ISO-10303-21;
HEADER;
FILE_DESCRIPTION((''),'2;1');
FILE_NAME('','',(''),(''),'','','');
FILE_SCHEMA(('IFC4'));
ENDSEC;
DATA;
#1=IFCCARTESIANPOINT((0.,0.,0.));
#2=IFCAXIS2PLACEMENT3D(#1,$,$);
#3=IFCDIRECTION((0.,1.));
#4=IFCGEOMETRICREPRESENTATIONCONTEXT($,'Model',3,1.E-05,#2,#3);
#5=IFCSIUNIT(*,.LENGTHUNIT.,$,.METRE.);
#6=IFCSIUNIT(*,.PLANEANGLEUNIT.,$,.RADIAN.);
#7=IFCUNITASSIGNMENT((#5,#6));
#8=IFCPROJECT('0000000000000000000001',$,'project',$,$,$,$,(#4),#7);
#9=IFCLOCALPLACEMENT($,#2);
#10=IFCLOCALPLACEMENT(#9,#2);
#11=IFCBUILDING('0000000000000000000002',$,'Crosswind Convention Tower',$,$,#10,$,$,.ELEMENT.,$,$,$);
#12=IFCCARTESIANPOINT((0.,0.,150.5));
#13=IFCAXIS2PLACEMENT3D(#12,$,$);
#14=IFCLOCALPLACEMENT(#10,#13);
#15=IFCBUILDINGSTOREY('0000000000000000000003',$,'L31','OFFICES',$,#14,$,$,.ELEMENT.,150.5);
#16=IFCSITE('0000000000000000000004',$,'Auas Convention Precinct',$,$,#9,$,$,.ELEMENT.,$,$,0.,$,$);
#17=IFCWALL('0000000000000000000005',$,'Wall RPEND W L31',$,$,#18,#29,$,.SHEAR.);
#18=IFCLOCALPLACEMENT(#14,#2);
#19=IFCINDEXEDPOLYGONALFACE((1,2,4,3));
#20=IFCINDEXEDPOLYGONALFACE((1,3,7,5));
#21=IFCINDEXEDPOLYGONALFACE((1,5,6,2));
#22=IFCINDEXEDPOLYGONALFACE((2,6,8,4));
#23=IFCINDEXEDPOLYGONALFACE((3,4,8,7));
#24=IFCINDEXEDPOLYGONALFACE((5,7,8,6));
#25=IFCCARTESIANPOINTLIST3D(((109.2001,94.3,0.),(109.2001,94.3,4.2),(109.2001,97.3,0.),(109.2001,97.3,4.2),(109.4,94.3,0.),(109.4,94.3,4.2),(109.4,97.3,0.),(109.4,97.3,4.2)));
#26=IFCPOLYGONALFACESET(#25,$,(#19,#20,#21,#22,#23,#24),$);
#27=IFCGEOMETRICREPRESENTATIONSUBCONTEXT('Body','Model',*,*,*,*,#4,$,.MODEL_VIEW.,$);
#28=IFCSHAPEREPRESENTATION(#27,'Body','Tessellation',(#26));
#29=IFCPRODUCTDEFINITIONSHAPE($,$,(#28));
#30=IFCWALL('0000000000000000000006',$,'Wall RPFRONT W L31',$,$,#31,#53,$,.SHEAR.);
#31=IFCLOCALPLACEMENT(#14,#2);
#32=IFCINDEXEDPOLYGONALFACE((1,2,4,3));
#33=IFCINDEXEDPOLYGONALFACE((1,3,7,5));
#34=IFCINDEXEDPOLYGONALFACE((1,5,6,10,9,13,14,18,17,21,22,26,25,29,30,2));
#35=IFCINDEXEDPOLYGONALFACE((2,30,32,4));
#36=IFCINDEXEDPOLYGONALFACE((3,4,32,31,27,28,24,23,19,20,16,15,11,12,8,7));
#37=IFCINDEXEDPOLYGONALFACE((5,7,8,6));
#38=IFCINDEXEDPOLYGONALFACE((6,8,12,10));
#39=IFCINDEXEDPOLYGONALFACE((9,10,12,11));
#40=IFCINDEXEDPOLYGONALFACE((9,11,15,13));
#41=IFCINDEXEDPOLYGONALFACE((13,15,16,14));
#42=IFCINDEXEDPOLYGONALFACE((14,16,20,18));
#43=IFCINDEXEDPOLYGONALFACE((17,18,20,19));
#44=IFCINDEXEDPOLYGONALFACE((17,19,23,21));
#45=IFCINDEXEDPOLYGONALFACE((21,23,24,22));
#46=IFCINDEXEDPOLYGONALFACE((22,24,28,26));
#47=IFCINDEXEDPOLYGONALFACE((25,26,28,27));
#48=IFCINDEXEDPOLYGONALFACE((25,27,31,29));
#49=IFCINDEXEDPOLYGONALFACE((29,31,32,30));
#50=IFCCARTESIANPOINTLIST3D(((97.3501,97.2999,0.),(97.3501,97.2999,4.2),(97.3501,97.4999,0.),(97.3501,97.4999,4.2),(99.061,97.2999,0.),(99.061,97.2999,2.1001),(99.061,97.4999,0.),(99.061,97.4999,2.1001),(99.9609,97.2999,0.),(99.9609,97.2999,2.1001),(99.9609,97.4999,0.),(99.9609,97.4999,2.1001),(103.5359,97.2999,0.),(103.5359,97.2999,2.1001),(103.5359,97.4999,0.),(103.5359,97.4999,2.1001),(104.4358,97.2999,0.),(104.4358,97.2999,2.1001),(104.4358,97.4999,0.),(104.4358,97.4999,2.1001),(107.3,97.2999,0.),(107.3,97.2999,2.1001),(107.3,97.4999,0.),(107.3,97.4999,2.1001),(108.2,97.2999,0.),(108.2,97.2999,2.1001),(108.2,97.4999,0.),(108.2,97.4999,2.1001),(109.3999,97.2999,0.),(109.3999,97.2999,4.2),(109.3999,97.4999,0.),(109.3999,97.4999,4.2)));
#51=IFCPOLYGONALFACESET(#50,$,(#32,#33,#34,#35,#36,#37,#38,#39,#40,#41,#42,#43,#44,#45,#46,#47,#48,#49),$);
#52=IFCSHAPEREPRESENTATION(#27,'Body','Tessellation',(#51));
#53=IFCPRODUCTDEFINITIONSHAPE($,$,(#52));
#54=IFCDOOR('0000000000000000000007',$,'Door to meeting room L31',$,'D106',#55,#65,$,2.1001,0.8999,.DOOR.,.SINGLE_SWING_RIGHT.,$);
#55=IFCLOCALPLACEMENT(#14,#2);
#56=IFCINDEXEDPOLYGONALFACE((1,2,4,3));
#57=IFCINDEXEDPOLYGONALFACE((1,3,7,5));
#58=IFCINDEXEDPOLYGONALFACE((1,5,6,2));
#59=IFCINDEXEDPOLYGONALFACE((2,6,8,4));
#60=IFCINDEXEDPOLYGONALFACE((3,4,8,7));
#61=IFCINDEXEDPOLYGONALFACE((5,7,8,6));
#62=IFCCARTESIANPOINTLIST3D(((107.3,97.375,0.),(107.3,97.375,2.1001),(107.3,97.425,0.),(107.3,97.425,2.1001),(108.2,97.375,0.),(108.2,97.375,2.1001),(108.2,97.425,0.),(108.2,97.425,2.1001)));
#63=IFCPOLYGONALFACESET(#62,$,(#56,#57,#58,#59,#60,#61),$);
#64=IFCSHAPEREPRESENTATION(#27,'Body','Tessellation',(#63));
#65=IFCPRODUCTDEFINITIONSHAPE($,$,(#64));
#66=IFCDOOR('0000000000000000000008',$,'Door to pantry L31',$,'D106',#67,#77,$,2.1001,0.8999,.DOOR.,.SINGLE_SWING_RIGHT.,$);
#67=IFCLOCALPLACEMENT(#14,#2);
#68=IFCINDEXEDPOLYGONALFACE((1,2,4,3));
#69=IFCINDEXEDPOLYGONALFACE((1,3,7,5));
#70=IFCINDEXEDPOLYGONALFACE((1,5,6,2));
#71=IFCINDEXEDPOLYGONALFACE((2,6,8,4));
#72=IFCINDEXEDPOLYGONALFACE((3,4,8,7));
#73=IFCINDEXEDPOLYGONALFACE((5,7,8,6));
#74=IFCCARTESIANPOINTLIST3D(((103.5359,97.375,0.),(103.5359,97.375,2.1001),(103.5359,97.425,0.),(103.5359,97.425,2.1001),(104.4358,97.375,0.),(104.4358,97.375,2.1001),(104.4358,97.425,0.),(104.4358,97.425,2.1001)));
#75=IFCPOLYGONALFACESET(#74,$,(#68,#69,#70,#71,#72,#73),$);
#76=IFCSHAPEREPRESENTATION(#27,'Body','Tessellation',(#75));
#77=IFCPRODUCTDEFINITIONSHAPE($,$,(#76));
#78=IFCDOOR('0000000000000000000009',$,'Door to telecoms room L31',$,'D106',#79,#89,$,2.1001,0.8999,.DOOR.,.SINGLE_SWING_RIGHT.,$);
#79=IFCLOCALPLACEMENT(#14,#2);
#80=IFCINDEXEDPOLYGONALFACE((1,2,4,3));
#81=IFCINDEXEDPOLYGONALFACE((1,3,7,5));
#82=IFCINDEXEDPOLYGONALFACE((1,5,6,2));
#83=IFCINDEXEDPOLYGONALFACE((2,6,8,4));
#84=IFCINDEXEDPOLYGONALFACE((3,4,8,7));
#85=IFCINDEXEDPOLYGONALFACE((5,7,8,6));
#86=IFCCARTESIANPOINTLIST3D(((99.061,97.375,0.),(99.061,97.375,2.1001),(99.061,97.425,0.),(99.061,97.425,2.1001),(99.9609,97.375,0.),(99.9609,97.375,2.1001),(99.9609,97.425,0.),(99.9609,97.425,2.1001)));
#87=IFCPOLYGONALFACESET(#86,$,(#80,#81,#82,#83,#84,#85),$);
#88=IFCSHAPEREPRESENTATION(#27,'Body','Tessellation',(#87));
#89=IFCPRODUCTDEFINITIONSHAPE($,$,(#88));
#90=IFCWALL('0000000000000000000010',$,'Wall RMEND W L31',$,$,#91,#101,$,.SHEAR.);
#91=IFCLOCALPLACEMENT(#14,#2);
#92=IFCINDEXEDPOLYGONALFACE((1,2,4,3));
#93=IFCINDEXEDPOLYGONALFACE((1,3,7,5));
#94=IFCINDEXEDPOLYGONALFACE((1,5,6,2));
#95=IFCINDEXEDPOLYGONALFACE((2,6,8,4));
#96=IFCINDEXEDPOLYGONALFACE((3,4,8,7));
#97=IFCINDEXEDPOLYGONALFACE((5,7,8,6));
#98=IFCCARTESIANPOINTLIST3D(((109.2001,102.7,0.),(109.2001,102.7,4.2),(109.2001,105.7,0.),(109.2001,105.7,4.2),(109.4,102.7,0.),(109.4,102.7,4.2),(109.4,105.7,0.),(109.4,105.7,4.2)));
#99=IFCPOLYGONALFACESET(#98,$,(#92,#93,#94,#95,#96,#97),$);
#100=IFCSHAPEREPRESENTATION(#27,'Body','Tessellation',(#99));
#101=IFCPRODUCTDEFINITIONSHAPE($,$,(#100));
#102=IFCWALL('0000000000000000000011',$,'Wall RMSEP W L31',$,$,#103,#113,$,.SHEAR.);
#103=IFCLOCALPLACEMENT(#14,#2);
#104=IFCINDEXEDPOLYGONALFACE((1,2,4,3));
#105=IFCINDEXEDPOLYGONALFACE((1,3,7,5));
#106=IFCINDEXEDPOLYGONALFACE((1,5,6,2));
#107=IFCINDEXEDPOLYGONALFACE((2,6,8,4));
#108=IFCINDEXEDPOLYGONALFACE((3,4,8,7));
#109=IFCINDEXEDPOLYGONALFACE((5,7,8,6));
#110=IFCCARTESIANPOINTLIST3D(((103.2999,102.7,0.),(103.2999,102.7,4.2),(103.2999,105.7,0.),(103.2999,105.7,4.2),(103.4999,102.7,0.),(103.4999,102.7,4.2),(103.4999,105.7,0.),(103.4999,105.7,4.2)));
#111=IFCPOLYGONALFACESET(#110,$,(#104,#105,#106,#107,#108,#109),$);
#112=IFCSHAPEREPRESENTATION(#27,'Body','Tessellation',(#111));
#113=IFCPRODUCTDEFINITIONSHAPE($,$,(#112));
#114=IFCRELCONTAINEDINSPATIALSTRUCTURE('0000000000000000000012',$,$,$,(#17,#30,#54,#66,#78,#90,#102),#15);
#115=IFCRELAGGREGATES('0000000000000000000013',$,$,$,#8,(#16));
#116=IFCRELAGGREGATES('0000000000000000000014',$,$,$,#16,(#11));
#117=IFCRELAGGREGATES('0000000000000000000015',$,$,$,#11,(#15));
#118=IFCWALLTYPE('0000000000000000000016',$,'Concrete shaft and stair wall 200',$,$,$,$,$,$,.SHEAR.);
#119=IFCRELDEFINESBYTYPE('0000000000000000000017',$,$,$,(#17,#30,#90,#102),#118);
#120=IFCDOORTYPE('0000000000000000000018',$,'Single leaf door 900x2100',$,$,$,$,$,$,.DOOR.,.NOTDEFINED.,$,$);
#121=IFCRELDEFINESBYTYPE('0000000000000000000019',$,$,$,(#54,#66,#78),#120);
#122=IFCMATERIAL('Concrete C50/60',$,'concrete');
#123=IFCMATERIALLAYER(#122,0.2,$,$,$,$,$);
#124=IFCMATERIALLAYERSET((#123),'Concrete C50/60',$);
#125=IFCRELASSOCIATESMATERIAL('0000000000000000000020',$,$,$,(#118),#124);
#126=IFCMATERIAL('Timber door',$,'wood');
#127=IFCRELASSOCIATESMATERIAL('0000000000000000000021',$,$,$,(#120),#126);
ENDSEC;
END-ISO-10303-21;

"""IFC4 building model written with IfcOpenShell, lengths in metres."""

from ifc_helpers import new_model, si_unit, direction, frame, frame_2d, origin, place, context, subcontext, project, spatial, rectangle, extrude, material, layer, layer_set, type_object, element, fill, save


model = new_model("IFC4")

# Units and contexts
model_context = context("Model", 3, precision=1e-05, world=origin(), true_north=direction((0.0, 1.0)))
body_context = subcontext(model_context, "Body", "Model", "MODEL_VIEW")
ifc_project = project(units=[si_unit("LENGTHUNIT", "METRE"), si_unit("PLANEANGLEUNIT", "RADIAN")], contexts=[model_context])

# Site, building, storey
site_placement = place(None, origin())
site = spatial("IfcSite", under=ifc_project, at=site_placement, Name="Auas Convention Precinct", CompositionType="ELEMENT", RefElevation=0.0)
building_placement = place(site_placement, origin())
building = spatial("IfcBuilding", under=site, at=building_placement, Name="Crosswind Convention Tower", CompositionType="ELEMENT")
storey_placement = place(building_placement, frame((0.0, 0.0, 150.5)))
storey = spatial("IfcBuildingStorey", under=building, at=storey_placement, Name="L31", Description="OFFICES", CompositionType="ELEMENT", Elevation=150.5)

# Wall
ifc_material_1 = material(Name="Concrete C50/60", Category="concrete")
ifc_layer_1 = layer(ifc_material_1, 0.2)
ifc_layer_set_1 = layer_set([ifc_layer_1], Name="Concrete C50/60")
wall_type_1 = type_object("IfcWallType", Name="Concrete shaft and stair wall 200", PredefinedType="SHEAR", material=ifc_layer_set_1)
wall_1_placement = place(storey_placement, frame((109.3, 97.3, 0.0), z_axis=(0.0, 0.0, 1.0), x_axis=(0.0, -1.0, 0.0)))
element("IfcWall", 1, at=wall_1_placement, inside=storey, type_object=wall_type_1, Name="Wall RPEND W L31", PredefinedType="SHEAR", context=body_context, shape_type="SweptSolid", body=[
    extrude(rectangle(XDim=3.0, YDim=0.2, at=frame_2d((1.5, 0.0))), origin(), (0.0, 0.0, 1.0), 4.2),
])

# Wall, openings, doors
wall_2_placement = place(storey_placement, frame((109.3999, 97.3999, 0.0), z_axis=(0.0, 0.0, 1.0), x_axis=(-1.0, 0.0, 0.0)))
wall_2 = element("IfcWall", 2, at=wall_2_placement, inside=storey, type_object=wall_type_1, Name="Wall RPFRONT W L31", PredefinedType="SHEAR", context=body_context, shape_type="SweptSolid", body=[
    extrude(rectangle(XDim=12.0498, YDim=0.2, at=frame_2d((6.0249, 0.0))), origin(), (0.0, 0.0, 1.0), 4.2),
])
opening_1_placement = place(wall_2_placement, frame((1.2, 0.0, 0.0)))
opening_1 = element("IfcOpeningElement", 3, at=opening_1_placement, cuts=wall_2, PredefinedType="OPENING", context=body_context, shape_type="SweptSolid", body=[
    extrude(rectangle(XDim=0.8999, YDim=2.1001, at=frame_2d((0.45, 1.05))), frame((0.0, 0.1099, 0.0), z_axis=(0.0, -1.0, 0.0), x_axis=(1.0, 0.0, 0.0)), (0.0, 0.0, 1.0), 0.22),
])
opening_2_placement = place(wall_2_placement, frame((4.9641, 0.0, 0.0)))
opening_2 = element("IfcOpeningElement", 4, at=opening_2_placement, cuts=wall_2, PredefinedType="OPENING", context=body_context, shape_type="SweptSolid", body=[
    extrude(rectangle(XDim=0.8999, YDim=2.1001, at=frame_2d((0.45, 1.05))), frame((0.0, 0.1099, 0.0), z_axis=(0.0, -1.0, 0.0), x_axis=(1.0, 0.0, 0.0)), (0.0, 0.0, 1.0), 0.22),
])
opening_3_placement = place(wall_2_placement, frame((9.439, 0.0, 0.0)))
opening_3 = element("IfcOpeningElement", 5, at=opening_3_placement, cuts=wall_2, PredefinedType="OPENING", context=body_context, shape_type="SweptSolid", body=[
    extrude(rectangle(XDim=0.8999, YDim=2.1001, at=frame_2d((0.45, 1.05))), frame((0.0, 0.1099, 0.0), z_axis=(0.0, -1.0, 0.0), x_axis=(1.0, 0.0, 0.0)), (0.0, 0.0, 1.0), 0.22),
])
ifc_material_2 = material(Name="Timber door", Category="wood")
door_type_1 = type_object("IfcDoorType", Name="Single leaf door 900x2100", OperationType="NOTDEFINED", PredefinedType="DOOR", material=ifc_material_2)
door_1_placement = place(opening_1_placement, origin())
door_1 = element("IfcDoor", 6, at=door_1_placement, inside=storey, type_object=door_type_1, Name="Door to meeting room L31", ObjectType="D106", OperationType="SINGLE_SWING_RIGHT", OverallHeight=2.1001, OverallWidth=0.8999, PredefinedType="DOOR", context=body_context, shape_type="SweptSolid", body=[
    extrude(rectangle(XDim=0.8999, YDim=2.1001, at=frame_2d((0.45, 1.05))), frame((0.0, 0.0249, 0.0), z_axis=(0.0, -1.0, 0.0), x_axis=(1.0, 0.0, 0.0)), (0.0, 0.0, 1.0), 0.05),
])
fill(opening_1, door_1)
door_2_placement = place(opening_2_placement, origin())
door_2 = element("IfcDoor", 7, at=door_2_placement, inside=storey, type_object=door_type_1, Name="Door to pantry L31", ObjectType="D106", OperationType="SINGLE_SWING_RIGHT", OverallHeight=2.1001, OverallWidth=0.8999, PredefinedType="DOOR", context=body_context, shape_type="SweptSolid", body=[
    extrude(rectangle(XDim=0.8999, YDim=2.1001, at=frame_2d((0.45, 1.05))), frame((0.0, 0.0249, 0.0), z_axis=(0.0, -1.0, 0.0), x_axis=(1.0, 0.0, 0.0)), (0.0, 0.0, 1.0), 0.05),
])
fill(opening_2, door_2)
door_3_placement = place(opening_3_placement, origin())
door_3 = element("IfcDoor", 8, at=door_3_placement, inside=storey, type_object=door_type_1, Name="Door to telecoms room L31", ObjectType="D106", OperationType="SINGLE_SWING_RIGHT", OverallHeight=2.1001, OverallWidth=0.8999, PredefinedType="DOOR", context=body_context, shape_type="SweptSolid", body=[
    extrude(rectangle(XDim=0.8999, YDim=2.1001, at=frame_2d((0.45, 1.05))), frame((0.0, 0.0249, 0.0), z_axis=(0.0, -1.0, 0.0), x_axis=(1.0, 0.0, 0.0)), (0.0, 0.0, 1.0), 0.05),
])
fill(opening_3, door_3)

# Walls
for number, where, z_axis, x_axis, name in (
    (9, (109.3, 105.7, 0.0), (0.0, 0.0, 1.0), (0.0, -1.0, 0.0), "Wall RMEND W L31"),
    (10, (103.3999, 105.7, 0.0), (0.0, 0.0, 1.0), (0.0, -1.0, 0.0), "Wall RMSEP W L31"),
):
    element("IfcWall", number, at=place(storey_placement, frame(where, z_axis=z_axis, x_axis=x_axis)), inside=storey, type_object=wall_type_1, Name=name, PredefinedType="SHEAR", context=body_context, shape_type="SweptSolid", body=[
        extrude(rectangle(XDim=3.0, YDim=0.2, at=frame_2d((1.5, 0.0))), origin(), (0.0, 0.0, 1.0), 4.2),
    ])

save(model, "model.ifc")
